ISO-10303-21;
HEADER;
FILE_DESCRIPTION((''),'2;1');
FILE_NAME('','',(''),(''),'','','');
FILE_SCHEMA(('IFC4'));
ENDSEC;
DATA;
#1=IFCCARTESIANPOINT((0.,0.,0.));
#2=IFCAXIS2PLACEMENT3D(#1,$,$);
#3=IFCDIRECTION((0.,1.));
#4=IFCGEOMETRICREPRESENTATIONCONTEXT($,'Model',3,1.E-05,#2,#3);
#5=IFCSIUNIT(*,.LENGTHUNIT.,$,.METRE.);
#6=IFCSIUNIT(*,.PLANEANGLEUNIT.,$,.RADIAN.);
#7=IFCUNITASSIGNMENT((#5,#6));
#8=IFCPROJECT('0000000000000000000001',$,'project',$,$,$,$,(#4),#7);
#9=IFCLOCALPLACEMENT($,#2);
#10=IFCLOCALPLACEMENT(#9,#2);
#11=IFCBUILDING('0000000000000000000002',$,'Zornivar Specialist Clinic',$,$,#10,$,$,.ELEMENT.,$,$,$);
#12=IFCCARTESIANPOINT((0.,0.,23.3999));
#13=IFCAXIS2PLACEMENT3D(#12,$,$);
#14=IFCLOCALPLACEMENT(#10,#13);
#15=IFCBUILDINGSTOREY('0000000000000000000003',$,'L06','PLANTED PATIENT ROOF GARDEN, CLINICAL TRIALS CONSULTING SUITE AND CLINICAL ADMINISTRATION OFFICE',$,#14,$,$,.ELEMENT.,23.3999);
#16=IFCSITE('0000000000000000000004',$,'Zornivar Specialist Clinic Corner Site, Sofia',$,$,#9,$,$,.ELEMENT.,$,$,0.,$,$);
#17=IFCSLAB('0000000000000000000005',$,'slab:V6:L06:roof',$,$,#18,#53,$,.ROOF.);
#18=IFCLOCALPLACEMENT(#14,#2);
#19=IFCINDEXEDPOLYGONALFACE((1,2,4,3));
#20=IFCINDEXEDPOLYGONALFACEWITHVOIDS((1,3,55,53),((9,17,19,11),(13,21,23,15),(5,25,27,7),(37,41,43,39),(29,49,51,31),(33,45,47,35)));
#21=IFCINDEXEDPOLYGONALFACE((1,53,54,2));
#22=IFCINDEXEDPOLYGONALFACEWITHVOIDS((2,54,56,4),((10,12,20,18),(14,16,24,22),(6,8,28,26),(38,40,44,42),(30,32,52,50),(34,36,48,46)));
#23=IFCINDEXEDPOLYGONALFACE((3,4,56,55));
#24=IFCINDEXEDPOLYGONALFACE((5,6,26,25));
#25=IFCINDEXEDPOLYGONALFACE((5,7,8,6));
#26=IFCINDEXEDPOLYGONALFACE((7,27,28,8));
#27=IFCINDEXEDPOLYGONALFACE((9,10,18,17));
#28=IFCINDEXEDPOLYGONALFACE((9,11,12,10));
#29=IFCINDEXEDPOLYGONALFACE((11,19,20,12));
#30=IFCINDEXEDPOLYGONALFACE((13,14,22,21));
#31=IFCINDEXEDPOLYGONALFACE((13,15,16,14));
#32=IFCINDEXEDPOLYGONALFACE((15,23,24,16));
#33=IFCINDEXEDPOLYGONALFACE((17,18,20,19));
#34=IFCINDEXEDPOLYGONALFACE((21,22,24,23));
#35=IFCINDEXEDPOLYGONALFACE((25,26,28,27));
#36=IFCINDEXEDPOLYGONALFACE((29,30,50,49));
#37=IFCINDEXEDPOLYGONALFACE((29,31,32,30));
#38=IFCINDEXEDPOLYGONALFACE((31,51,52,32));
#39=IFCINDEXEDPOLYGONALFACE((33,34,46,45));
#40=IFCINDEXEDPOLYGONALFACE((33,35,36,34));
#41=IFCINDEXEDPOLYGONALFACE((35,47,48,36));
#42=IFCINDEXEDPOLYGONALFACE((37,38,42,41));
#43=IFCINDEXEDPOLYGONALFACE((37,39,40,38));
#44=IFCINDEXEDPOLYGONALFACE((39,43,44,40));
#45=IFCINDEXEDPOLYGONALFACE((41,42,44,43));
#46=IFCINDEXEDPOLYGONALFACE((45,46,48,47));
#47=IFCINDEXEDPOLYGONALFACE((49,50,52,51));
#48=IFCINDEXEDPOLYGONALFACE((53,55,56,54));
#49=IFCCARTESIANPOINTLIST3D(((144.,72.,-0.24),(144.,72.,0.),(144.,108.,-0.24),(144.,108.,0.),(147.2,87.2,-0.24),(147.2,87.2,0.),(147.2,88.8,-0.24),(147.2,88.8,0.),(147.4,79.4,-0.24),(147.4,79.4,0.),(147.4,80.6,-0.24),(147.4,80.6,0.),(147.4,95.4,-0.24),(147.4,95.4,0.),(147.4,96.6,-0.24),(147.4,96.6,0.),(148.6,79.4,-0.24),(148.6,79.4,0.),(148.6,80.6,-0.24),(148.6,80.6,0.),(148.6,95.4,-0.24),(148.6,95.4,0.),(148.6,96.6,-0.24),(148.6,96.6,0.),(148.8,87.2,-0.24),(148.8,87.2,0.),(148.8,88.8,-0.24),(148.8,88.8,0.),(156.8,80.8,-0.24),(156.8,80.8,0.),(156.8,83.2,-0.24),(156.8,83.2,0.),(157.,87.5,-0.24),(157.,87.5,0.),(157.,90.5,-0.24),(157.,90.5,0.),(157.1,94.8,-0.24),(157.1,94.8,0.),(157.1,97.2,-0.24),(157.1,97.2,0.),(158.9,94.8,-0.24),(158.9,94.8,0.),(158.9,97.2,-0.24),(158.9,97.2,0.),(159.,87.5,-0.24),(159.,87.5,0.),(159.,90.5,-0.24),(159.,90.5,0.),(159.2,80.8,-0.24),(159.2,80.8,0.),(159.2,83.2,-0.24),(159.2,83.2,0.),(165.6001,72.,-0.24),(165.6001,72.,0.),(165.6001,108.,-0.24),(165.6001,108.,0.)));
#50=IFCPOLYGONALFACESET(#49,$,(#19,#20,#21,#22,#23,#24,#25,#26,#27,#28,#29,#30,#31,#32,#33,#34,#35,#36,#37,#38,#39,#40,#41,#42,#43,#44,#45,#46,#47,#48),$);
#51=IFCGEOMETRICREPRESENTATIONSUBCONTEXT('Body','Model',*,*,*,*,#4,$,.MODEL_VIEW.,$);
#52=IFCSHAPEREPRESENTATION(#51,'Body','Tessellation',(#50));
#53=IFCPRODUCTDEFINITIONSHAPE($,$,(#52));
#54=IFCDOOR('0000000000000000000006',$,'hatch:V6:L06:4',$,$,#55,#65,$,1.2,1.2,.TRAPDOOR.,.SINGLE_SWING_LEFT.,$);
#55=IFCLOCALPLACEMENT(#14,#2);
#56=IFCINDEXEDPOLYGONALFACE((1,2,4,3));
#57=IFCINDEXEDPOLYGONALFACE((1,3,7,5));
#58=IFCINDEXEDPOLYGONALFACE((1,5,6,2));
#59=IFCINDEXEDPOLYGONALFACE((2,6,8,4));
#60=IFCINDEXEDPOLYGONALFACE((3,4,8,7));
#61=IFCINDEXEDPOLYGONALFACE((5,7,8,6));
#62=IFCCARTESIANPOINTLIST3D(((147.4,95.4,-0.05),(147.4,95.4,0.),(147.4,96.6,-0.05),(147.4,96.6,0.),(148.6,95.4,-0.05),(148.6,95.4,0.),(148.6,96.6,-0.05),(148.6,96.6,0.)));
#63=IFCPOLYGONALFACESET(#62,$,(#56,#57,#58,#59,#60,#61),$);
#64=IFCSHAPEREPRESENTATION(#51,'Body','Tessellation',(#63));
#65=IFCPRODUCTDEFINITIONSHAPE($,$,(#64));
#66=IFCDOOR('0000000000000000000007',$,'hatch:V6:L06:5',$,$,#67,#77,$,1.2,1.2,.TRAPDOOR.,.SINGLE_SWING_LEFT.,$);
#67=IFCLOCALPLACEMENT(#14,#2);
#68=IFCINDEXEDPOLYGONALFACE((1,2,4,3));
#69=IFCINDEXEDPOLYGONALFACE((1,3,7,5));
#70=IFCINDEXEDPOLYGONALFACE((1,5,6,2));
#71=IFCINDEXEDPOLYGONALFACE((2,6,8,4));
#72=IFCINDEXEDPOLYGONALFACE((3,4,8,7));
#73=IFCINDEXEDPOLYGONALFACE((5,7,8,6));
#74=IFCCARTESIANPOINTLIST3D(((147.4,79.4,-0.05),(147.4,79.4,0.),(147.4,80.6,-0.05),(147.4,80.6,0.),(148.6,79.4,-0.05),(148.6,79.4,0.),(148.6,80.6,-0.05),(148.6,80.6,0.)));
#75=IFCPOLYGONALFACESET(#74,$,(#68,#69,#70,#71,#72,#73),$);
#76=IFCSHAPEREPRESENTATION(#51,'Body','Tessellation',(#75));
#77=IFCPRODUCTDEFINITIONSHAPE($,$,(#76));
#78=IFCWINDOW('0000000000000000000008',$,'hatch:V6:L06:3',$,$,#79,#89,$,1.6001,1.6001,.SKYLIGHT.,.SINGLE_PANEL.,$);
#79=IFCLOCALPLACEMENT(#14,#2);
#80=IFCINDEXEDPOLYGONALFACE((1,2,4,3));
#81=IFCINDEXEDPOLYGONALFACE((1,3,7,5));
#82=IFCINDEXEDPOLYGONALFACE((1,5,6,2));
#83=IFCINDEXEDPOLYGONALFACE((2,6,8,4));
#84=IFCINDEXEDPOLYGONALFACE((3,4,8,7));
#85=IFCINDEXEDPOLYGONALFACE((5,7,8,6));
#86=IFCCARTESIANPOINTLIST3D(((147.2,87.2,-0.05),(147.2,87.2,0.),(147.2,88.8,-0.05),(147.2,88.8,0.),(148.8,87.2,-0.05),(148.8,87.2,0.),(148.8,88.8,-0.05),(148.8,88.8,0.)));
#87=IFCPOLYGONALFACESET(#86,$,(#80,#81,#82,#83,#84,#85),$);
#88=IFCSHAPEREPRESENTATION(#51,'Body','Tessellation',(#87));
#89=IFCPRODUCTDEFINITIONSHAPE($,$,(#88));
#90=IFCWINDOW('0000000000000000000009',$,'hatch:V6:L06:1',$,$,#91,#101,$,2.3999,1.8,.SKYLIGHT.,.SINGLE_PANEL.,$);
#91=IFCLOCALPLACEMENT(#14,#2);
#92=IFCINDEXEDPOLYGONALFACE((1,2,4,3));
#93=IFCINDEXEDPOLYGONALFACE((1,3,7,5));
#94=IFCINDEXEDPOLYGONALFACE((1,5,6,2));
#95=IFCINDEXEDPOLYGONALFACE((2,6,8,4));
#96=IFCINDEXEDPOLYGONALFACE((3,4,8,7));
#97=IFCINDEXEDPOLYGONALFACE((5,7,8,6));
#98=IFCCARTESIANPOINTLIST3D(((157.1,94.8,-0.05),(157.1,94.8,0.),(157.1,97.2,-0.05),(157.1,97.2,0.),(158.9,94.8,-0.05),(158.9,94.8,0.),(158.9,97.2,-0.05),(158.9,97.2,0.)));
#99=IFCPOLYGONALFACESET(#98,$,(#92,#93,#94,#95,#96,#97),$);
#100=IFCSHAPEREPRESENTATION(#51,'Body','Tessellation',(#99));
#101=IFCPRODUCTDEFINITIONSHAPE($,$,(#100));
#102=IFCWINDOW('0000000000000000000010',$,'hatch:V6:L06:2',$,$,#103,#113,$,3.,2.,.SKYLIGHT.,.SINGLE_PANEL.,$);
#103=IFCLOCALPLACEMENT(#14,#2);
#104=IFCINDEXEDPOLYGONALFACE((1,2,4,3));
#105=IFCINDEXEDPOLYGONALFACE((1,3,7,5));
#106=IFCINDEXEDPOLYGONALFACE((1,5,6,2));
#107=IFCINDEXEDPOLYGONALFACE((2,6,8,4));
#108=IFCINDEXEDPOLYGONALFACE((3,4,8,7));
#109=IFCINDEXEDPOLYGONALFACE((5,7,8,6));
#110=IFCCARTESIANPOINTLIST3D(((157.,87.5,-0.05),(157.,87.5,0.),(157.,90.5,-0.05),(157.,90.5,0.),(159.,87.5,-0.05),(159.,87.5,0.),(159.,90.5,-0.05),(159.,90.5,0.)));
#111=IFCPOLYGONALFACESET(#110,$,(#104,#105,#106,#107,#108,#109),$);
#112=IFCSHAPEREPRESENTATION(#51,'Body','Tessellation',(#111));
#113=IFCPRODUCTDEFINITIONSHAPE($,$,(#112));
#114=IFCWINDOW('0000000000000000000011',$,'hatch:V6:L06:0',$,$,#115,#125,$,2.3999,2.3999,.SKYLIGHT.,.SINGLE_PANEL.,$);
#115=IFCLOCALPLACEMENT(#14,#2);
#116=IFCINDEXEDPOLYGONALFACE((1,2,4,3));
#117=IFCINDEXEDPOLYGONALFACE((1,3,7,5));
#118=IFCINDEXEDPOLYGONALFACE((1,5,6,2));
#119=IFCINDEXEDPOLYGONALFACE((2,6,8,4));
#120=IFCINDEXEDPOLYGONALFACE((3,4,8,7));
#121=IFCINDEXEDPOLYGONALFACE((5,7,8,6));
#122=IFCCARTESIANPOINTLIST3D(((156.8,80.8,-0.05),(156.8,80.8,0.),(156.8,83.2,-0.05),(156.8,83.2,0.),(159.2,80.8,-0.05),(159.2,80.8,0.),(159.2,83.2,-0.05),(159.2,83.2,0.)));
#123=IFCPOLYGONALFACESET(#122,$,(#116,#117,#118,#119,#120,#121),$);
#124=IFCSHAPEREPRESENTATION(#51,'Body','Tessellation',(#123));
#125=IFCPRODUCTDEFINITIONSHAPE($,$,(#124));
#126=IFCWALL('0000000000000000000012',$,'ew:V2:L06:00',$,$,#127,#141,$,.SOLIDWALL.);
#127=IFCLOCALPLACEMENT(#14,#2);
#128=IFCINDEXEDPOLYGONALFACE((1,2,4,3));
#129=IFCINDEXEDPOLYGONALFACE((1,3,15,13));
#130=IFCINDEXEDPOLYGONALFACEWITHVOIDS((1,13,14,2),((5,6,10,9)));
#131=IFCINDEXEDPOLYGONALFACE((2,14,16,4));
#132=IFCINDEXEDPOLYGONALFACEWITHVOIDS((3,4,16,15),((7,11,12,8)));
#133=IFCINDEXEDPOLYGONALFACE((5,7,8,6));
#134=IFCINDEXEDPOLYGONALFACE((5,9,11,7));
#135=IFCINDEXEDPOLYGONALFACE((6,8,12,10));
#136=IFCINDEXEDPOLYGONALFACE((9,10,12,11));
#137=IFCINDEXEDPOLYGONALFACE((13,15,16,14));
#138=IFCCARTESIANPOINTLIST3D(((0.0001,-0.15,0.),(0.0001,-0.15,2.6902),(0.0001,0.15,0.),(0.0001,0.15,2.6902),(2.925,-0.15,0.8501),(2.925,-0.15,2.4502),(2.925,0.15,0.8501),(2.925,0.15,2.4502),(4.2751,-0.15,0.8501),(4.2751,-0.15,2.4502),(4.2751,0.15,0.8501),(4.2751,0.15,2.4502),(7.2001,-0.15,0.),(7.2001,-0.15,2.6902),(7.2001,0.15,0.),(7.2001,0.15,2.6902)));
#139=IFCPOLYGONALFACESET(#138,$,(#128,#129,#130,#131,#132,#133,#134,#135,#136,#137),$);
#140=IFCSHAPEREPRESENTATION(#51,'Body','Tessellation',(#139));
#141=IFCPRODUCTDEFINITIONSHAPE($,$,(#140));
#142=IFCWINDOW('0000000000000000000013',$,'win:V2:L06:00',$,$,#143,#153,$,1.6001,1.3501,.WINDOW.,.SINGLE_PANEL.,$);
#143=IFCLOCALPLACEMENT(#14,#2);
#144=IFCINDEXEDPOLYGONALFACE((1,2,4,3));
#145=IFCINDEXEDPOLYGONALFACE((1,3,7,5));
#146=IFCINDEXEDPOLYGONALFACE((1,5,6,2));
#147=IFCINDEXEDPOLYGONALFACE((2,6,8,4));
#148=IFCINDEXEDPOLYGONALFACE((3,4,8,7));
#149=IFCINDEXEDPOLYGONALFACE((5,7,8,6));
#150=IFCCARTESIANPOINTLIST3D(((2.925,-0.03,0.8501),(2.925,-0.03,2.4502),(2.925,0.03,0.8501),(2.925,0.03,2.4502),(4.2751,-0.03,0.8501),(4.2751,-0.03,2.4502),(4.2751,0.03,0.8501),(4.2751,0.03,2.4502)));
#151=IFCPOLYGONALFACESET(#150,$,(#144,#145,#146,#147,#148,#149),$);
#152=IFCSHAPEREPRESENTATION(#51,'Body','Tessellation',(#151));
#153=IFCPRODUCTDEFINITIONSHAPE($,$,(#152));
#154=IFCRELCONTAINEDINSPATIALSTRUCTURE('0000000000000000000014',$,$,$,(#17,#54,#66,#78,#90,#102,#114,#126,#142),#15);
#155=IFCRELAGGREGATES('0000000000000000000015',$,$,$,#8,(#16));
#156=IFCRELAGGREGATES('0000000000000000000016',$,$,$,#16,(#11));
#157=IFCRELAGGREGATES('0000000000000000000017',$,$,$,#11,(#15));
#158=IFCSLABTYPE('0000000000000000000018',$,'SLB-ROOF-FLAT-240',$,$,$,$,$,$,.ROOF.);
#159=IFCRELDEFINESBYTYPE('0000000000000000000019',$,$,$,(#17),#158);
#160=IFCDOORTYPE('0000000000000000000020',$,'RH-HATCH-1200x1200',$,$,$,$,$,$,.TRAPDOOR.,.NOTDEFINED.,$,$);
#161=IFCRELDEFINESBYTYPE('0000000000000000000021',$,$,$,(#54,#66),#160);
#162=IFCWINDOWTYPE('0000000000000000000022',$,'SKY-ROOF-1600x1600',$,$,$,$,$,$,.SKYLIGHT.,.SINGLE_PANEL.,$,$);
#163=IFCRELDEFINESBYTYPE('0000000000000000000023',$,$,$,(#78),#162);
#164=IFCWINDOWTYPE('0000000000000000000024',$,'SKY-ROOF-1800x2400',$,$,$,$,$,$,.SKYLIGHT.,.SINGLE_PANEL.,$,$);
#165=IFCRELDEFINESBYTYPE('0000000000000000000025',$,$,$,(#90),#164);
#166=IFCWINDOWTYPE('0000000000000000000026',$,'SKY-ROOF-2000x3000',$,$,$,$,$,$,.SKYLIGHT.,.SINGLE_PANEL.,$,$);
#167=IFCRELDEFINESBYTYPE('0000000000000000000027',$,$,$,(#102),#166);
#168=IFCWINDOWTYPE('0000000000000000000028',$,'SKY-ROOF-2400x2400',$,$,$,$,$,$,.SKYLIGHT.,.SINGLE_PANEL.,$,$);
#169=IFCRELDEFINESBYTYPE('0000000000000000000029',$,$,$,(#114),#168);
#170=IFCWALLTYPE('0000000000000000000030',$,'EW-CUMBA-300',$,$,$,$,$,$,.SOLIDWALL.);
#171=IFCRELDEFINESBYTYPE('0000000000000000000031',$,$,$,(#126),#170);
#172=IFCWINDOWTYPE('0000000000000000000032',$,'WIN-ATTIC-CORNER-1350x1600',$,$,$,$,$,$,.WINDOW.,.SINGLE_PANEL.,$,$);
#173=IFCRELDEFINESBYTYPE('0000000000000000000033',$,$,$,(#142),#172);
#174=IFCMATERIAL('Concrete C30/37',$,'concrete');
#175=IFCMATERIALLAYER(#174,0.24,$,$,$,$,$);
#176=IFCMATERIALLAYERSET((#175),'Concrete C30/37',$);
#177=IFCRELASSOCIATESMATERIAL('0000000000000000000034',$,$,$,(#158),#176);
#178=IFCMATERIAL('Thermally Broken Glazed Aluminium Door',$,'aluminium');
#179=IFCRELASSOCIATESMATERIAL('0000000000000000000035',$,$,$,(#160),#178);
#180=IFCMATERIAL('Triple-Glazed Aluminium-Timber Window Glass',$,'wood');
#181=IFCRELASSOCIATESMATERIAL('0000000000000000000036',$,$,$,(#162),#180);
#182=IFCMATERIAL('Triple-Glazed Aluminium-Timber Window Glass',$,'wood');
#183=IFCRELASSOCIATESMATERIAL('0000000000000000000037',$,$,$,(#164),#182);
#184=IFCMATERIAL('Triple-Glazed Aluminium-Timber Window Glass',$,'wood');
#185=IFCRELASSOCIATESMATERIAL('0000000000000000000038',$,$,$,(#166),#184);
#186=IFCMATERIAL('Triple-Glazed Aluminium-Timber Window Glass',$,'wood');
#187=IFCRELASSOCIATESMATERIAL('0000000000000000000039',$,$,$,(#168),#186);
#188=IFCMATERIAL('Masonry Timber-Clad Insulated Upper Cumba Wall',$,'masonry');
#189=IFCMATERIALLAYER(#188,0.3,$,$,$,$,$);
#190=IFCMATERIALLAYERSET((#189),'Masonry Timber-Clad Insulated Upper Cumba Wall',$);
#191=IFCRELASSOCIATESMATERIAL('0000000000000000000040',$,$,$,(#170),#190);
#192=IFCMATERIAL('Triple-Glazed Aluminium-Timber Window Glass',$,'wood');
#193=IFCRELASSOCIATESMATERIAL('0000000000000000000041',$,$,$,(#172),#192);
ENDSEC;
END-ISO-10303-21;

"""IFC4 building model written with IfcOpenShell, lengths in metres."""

from ifc_helpers import new_model, si_unit, direction, frame, frame_2d, origin, origin_with_axes, origin_2d, place, context, subcontext, project, spatial, polyline, rectangle, outline, extrude, material, layer, layer_set, type_object, element, fill, save


model = new_model("IFC4")

# Units and contexts
model_context = context("Model", 3, precision=1e-05, world=origin(), true_north=direction((0.0, 1.0)))
body_context = subcontext(model_context, "Body", "Model", "MODEL_VIEW")
ifc_project = project(units=[si_unit("LENGTHUNIT", "METRE"), si_unit("PLANEANGLEUNIT", "RADIAN")], contexts=[model_context])

# Site, building, storey
site_placement = place(None, origin())
site = spatial("IfcSite", under=ifc_project, at=site_placement, Name="Zornivar Specialist Clinic Corner Site, Sofia", CompositionType="ELEMENT", RefElevation=0.0)
building_placement = place(site_placement, origin())
building = spatial("IfcBuilding", under=site, at=building_placement, Name="Zornivar Specialist Clinic", CompositionType="ELEMENT")
storey_placement = place(building_placement, frame((0.0, 0.0, 23.3999)))
storey = spatial("IfcBuildingStorey", under=building, at=storey_placement, Name="L06", Description="PLANTED PATIENT ROOF GARDEN, CLINICAL TRIALS CONSULTING SUITE AND CLINICAL ADMINISTRATION OFFICE", CompositionType="ELEMENT", Elevation=23.3999)

# Slab, openings, doors, windows
ifc_material_1 = material(Name="Concrete C30/37", Category="concrete")
ifc_layer_1 = layer(ifc_material_1, 0.24)
ifc_layer_set_1 = layer_set([ifc_layer_1], Name="Concrete C30/37")
slab_type_1 = type_object("IfcSlabType", Name="SLB-ROOF-FLAT-240", PredefinedType="ROOF", material=ifc_layer_set_1)
slab_1_placement = place(storey_placement, frame((0.0, 0.0, -0.24)))
slab_1 = element("IfcSlab", 1, at=slab_1_placement, inside=storey, type_object=slab_type_1, Name="slab:V6:L06:roof", PredefinedType="ROOF", context=body_context, shape_type="SweptSolid", body=[
    extrude(outline(polyline([(144.0, 72.0), (165.6001, 72.0), (165.6001, 108.0), (144.0, 108.0), (144.0, 72.0)])), origin(), (0.0, 0.0, 1.0), 0.24),
])
opening_1_placement = place(slab_1_placement, frame((158.0, 82.0, 0.0)))
opening_1 = element("IfcOpeningElement", 2, at=opening_1_placement, cuts=slab_1, PredefinedType="OPENING", context=body_context, shape_type="SweptSolid", body=[
    extrude(rectangle(XDim=2.3999, YDim=2.3999, at=origin_2d()), origin(), (0.0, 0.0, 1.0), 0.24),
])
opening_2_placement = place(slab_1_placement, frame((158.0, 96.0, 0.0)))
opening_2 = element("IfcOpeningElement", 3, at=opening_2_placement, cuts=slab_1, PredefinedType="OPENING", context=body_context, shape_type="SweptSolid", body=[
    extrude(rectangle(XDim=1.8, YDim=2.3999, at=origin_2d()), origin(), (0.0, 0.0, 1.0), 0.24),
])
opening_3_placement = place(slab_1_placement, frame((158.0, 89.0, 0.0)))
opening_3 = element("IfcOpeningElement", 4, at=opening_3_placement, cuts=slab_1, PredefinedType="OPENING", context=body_context, shape_type="SweptSolid", body=[
    extrude(rectangle(XDim=2.0, YDim=3.0, at=origin_2d()), origin(), (0.0, 0.0, 1.0), 0.24),
])
opening_4_placement = place(slab_1_placement, frame((148.0, 88.0, 0.0)))
opening_4 = element("IfcOpeningElement", 5, at=opening_4_placement, cuts=slab_1, PredefinedType="OPENING", context=body_context, shape_type="SweptSolid", body=[
    extrude(rectangle(XDim=1.6001, YDim=1.6001, at=origin_2d()), origin(), (0.0, 0.0, 1.0), 0.24),
])
opening_5_placement = place(slab_1_placement, frame((148.0, 96.0, 0.0)))
opening_5 = element("IfcOpeningElement", 6, at=opening_5_placement, cuts=slab_1, PredefinedType="OPENING", context=body_context, shape_type="SweptSolid", body=[
    extrude(rectangle(XDim=1.2, YDim=1.2, at=origin_2d()), origin(), (0.0, 0.0, 1.0), 0.24),
])
opening_6_placement = place(slab_1_placement, frame((148.0, 80.0, 0.0)))
opening_6 = element("IfcOpeningElement", 7, at=opening_6_placement, cuts=slab_1, PredefinedType="OPENING", context=body_context, shape_type="SweptSolid", body=[
    extrude(rectangle(XDim=1.2, YDim=1.2, at=origin_2d()), origin(), (0.0, 0.0, 1.0), 0.24),
])
ifc_material_2 = material(Name="Thermally Broken Glazed Aluminium Door", Category="aluminium")
door_type = type_object("IfcDoorType", Name="RH-HATCH-1200x1200", OperationType="NOTDEFINED", PredefinedType="TRAPDOOR", material=ifc_material_2)
door_1_placement = place(opening_5_placement, frame((0.0, 0.0, 0.1899)))
door_1 = element("IfcDoor", 8, at=door_1_placement, inside=storey, type_object=door_type, Name="hatch:V6:L06:4", OperationType="SINGLE_SWING_LEFT", OverallHeight=1.2, OverallWidth=1.2, PredefinedType="TRAPDOOR", context=body_context, shape_type="SweptSolid", body=[
    extrude(rectangle(XDim=1.2, YDim=1.2, at=origin_2d()), origin(), (0.0, 0.0, 1.0), 0.05),
])
fill(opening_5, door_1)
door_2_placement = place(opening_6_placement, frame((0.0, 0.0, 0.1899)))
door_2 = element("IfcDoor", 9, at=door_2_placement, inside=storey, type_object=door_type, Name="hatch:V6:L06:5", OperationType="SINGLE_SWING_LEFT", OverallHeight=1.2, OverallWidth=1.2, PredefinedType="TRAPDOOR", context=body_context, shape_type="SweptSolid", body=[
    extrude(rectangle(XDim=1.2, YDim=1.2, at=origin_2d()), origin(), (0.0, 0.0, 1.0), 0.05),
])
fill(opening_6, door_2)
ifc_material_3 = material(Name="Triple-Glazed Aluminium-Timber Window Glass", Category="wood")
window_type_1 = type_object("IfcWindowType", Name="SKY-ROOF-1600x1600", PartitioningType="SINGLE_PANEL", PredefinedType="SKYLIGHT", material=ifc_material_3)
window_1_placement = place(opening_4_placement, frame((0.0, 0.0, 0.1899)))
window_1 = element("IfcWindow", 10, at=window_1_placement, inside=storey, type_object=window_type_1, Name="hatch:V6:L06:3", OverallHeight=1.6001, OverallWidth=1.6001, PartitioningType="SINGLE_PANEL", PredefinedType="SKYLIGHT", context=body_context, shape_type="SweptSolid", body=[
    extrude(rectangle(XDim=1.6001, YDim=1.6001, at=origin_2d()), origin(), (0.0, 0.0, 1.0), 0.05),
])
fill(opening_4, window_1)
ifc_material_4 = material(Name="Triple-Glazed Aluminium-Timber Window Glass", Category="wood")
window_type_2 = type_object("IfcWindowType", Name="SKY-ROOF-1800x2400", PartitioningType="SINGLE_PANEL", PredefinedType="SKYLIGHT", material=ifc_material_4)
window_2_placement = place(opening_2_placement, frame((0.0, 0.0, 0.1899)))
window_2 = element("IfcWindow", 11, at=window_2_placement, inside=storey, type_object=window_type_2, Name="hatch:V6:L06:1", OverallHeight=2.3999, OverallWidth=1.8, PartitioningType="SINGLE_PANEL", PredefinedType="SKYLIGHT", context=body_context, shape_type="SweptSolid", body=[
    extrude(rectangle(XDim=1.8, YDim=2.3999, at=origin_2d()), origin(), (0.0, 0.0, 1.0), 0.05),
])
fill(opening_2, window_2)
ifc_material_5 = material(Name="Triple-Glazed Aluminium-Timber Window Glass", Category="wood")
window_type_3 = type_object("IfcWindowType", Name="SKY-ROOF-2000x3000", PartitioningType="SINGLE_PANEL", PredefinedType="SKYLIGHT", material=ifc_material_5)
window_3_placement = place(opening_3_placement, frame((0.0, 0.0, 0.1899)))
window_3 = element("IfcWindow", 12, at=window_3_placement, inside=storey, type_object=window_type_3, Name="hatch:V6:L06:2", OverallHeight=3.0, OverallWidth=2.0, PartitioningType="SINGLE_PANEL", PredefinedType="SKYLIGHT", context=body_context, shape_type="SweptSolid", body=[
    extrude(rectangle(XDim=2.0, YDim=3.0, at=origin_2d()), origin(), (0.0, 0.0, 1.0), 0.05),
])
fill(opening_3, window_3)
ifc_material_6 = material(Name="Triple-Glazed Aluminium-Timber Window Glass", Category="wood")
window_type_4 = type_object("IfcWindowType", Name="SKY-ROOF-2400x2400", PartitioningType="SINGLE_PANEL", PredefinedType="SKYLIGHT", material=ifc_material_6)
window_4_placement = place(opening_1_placement, frame((0.0, 0.0, 0.1899)))
window_4 = element("IfcWindow", 13, at=window_4_placement, inside=storey, type_object=window_type_4, Name="hatch:V6:L06:0", OverallHeight=2.3999, OverallWidth=2.3999, PartitioningType="SINGLE_PANEL", PredefinedType="SKYLIGHT", context=body_context, shape_type="SweptSolid", body=[
    extrude(rectangle(XDim=2.3999, YDim=2.3999, at=origin_2d()), origin(), (0.0, 0.0, 1.0), 0.05),
])
fill(opening_1, window_4)

# Wall, opening, window
ifc_material_7 = material(Name="Masonry Timber-Clad Insulated Upper Cumba Wall", Category="masonry")
ifc_layer_2 = layer(ifc_material_7, 0.3)
ifc_layer_set_2 = layer_set([ifc_layer_2], Name="Masonry Timber-Clad Insulated Upper Cumba Wall")
wall_type_1 = type_object("IfcWallType", Name="EW-CUMBA-300", PredefinedType="SOLIDWALL", material=ifc_layer_set_2)
wall_1_placement = place(storey_placement, origin_with_axes())
wall_1 = element("IfcWall", 14, at=wall_1_placement, inside=storey, type_object=wall_type_1, Name="ew:V2:L06:00", PredefinedType="SOLIDWALL", context=body_context, shape_type="SweptSolid", body=[
    extrude(rectangle(XDim=7.2, YDim=0.3, at=frame_2d((3.6001, 0.0))), origin(), (0.0, 0.0, 1.0), 2.6902),
])
opening_7_placement = place(wall_1_placement, frame((2.925, 0.0, 0.8501)))
opening_7 = element("IfcOpeningElement", 15, at=opening_7_placement, cuts=wall_1, PredefinedType="OPENING", context=body_context, shape_type="SweptSolid", body=[
    extrude(rectangle(XDim=1.3501, YDim=1.6001, at=frame_2d((0.675, 0.8))), frame((0.0, 0.1599, 0.0), z_axis=(0.0, -1.0, 0.0), x_axis=(1.0, 0.0, 0.0)), (0.0, 0.0, 1.0), 0.3201),
])
ifc_material_8 = material(Name="Triple-Glazed Aluminium-Timber Window Glass", Category="wood")
window_type_5 = type_object("IfcWindowType", Name="WIN-ATTIC-CORNER-1350x1600", PartitioningType="SINGLE_PANEL", PredefinedType="WINDOW", material=ifc_material_8)
window_5_placement = place(opening_7_placement, origin())
window_5 = element("IfcWindow", 16, at=window_5_placement, inside=storey, type_object=window_type_5, Name="win:V2:L06:00", OverallHeight=1.6001, OverallWidth=1.3501, PartitioningType="SINGLE_PANEL", PredefinedType="WINDOW", context=body_context, shape_type="SweptSolid", body=[
    extrude(rectangle(XDim=1.3501, YDim=1.6001, at=frame_2d((0.675, 0.8))), frame((0.0, 0.03, 0.0), z_axis=(0.0, -1.0, 0.0), x_axis=(1.0, 0.0, 0.0)), (0.0, 0.0, 1.0), 0.0601),
])
fill(opening_7, window_5)

save(model, "model.ifc")
